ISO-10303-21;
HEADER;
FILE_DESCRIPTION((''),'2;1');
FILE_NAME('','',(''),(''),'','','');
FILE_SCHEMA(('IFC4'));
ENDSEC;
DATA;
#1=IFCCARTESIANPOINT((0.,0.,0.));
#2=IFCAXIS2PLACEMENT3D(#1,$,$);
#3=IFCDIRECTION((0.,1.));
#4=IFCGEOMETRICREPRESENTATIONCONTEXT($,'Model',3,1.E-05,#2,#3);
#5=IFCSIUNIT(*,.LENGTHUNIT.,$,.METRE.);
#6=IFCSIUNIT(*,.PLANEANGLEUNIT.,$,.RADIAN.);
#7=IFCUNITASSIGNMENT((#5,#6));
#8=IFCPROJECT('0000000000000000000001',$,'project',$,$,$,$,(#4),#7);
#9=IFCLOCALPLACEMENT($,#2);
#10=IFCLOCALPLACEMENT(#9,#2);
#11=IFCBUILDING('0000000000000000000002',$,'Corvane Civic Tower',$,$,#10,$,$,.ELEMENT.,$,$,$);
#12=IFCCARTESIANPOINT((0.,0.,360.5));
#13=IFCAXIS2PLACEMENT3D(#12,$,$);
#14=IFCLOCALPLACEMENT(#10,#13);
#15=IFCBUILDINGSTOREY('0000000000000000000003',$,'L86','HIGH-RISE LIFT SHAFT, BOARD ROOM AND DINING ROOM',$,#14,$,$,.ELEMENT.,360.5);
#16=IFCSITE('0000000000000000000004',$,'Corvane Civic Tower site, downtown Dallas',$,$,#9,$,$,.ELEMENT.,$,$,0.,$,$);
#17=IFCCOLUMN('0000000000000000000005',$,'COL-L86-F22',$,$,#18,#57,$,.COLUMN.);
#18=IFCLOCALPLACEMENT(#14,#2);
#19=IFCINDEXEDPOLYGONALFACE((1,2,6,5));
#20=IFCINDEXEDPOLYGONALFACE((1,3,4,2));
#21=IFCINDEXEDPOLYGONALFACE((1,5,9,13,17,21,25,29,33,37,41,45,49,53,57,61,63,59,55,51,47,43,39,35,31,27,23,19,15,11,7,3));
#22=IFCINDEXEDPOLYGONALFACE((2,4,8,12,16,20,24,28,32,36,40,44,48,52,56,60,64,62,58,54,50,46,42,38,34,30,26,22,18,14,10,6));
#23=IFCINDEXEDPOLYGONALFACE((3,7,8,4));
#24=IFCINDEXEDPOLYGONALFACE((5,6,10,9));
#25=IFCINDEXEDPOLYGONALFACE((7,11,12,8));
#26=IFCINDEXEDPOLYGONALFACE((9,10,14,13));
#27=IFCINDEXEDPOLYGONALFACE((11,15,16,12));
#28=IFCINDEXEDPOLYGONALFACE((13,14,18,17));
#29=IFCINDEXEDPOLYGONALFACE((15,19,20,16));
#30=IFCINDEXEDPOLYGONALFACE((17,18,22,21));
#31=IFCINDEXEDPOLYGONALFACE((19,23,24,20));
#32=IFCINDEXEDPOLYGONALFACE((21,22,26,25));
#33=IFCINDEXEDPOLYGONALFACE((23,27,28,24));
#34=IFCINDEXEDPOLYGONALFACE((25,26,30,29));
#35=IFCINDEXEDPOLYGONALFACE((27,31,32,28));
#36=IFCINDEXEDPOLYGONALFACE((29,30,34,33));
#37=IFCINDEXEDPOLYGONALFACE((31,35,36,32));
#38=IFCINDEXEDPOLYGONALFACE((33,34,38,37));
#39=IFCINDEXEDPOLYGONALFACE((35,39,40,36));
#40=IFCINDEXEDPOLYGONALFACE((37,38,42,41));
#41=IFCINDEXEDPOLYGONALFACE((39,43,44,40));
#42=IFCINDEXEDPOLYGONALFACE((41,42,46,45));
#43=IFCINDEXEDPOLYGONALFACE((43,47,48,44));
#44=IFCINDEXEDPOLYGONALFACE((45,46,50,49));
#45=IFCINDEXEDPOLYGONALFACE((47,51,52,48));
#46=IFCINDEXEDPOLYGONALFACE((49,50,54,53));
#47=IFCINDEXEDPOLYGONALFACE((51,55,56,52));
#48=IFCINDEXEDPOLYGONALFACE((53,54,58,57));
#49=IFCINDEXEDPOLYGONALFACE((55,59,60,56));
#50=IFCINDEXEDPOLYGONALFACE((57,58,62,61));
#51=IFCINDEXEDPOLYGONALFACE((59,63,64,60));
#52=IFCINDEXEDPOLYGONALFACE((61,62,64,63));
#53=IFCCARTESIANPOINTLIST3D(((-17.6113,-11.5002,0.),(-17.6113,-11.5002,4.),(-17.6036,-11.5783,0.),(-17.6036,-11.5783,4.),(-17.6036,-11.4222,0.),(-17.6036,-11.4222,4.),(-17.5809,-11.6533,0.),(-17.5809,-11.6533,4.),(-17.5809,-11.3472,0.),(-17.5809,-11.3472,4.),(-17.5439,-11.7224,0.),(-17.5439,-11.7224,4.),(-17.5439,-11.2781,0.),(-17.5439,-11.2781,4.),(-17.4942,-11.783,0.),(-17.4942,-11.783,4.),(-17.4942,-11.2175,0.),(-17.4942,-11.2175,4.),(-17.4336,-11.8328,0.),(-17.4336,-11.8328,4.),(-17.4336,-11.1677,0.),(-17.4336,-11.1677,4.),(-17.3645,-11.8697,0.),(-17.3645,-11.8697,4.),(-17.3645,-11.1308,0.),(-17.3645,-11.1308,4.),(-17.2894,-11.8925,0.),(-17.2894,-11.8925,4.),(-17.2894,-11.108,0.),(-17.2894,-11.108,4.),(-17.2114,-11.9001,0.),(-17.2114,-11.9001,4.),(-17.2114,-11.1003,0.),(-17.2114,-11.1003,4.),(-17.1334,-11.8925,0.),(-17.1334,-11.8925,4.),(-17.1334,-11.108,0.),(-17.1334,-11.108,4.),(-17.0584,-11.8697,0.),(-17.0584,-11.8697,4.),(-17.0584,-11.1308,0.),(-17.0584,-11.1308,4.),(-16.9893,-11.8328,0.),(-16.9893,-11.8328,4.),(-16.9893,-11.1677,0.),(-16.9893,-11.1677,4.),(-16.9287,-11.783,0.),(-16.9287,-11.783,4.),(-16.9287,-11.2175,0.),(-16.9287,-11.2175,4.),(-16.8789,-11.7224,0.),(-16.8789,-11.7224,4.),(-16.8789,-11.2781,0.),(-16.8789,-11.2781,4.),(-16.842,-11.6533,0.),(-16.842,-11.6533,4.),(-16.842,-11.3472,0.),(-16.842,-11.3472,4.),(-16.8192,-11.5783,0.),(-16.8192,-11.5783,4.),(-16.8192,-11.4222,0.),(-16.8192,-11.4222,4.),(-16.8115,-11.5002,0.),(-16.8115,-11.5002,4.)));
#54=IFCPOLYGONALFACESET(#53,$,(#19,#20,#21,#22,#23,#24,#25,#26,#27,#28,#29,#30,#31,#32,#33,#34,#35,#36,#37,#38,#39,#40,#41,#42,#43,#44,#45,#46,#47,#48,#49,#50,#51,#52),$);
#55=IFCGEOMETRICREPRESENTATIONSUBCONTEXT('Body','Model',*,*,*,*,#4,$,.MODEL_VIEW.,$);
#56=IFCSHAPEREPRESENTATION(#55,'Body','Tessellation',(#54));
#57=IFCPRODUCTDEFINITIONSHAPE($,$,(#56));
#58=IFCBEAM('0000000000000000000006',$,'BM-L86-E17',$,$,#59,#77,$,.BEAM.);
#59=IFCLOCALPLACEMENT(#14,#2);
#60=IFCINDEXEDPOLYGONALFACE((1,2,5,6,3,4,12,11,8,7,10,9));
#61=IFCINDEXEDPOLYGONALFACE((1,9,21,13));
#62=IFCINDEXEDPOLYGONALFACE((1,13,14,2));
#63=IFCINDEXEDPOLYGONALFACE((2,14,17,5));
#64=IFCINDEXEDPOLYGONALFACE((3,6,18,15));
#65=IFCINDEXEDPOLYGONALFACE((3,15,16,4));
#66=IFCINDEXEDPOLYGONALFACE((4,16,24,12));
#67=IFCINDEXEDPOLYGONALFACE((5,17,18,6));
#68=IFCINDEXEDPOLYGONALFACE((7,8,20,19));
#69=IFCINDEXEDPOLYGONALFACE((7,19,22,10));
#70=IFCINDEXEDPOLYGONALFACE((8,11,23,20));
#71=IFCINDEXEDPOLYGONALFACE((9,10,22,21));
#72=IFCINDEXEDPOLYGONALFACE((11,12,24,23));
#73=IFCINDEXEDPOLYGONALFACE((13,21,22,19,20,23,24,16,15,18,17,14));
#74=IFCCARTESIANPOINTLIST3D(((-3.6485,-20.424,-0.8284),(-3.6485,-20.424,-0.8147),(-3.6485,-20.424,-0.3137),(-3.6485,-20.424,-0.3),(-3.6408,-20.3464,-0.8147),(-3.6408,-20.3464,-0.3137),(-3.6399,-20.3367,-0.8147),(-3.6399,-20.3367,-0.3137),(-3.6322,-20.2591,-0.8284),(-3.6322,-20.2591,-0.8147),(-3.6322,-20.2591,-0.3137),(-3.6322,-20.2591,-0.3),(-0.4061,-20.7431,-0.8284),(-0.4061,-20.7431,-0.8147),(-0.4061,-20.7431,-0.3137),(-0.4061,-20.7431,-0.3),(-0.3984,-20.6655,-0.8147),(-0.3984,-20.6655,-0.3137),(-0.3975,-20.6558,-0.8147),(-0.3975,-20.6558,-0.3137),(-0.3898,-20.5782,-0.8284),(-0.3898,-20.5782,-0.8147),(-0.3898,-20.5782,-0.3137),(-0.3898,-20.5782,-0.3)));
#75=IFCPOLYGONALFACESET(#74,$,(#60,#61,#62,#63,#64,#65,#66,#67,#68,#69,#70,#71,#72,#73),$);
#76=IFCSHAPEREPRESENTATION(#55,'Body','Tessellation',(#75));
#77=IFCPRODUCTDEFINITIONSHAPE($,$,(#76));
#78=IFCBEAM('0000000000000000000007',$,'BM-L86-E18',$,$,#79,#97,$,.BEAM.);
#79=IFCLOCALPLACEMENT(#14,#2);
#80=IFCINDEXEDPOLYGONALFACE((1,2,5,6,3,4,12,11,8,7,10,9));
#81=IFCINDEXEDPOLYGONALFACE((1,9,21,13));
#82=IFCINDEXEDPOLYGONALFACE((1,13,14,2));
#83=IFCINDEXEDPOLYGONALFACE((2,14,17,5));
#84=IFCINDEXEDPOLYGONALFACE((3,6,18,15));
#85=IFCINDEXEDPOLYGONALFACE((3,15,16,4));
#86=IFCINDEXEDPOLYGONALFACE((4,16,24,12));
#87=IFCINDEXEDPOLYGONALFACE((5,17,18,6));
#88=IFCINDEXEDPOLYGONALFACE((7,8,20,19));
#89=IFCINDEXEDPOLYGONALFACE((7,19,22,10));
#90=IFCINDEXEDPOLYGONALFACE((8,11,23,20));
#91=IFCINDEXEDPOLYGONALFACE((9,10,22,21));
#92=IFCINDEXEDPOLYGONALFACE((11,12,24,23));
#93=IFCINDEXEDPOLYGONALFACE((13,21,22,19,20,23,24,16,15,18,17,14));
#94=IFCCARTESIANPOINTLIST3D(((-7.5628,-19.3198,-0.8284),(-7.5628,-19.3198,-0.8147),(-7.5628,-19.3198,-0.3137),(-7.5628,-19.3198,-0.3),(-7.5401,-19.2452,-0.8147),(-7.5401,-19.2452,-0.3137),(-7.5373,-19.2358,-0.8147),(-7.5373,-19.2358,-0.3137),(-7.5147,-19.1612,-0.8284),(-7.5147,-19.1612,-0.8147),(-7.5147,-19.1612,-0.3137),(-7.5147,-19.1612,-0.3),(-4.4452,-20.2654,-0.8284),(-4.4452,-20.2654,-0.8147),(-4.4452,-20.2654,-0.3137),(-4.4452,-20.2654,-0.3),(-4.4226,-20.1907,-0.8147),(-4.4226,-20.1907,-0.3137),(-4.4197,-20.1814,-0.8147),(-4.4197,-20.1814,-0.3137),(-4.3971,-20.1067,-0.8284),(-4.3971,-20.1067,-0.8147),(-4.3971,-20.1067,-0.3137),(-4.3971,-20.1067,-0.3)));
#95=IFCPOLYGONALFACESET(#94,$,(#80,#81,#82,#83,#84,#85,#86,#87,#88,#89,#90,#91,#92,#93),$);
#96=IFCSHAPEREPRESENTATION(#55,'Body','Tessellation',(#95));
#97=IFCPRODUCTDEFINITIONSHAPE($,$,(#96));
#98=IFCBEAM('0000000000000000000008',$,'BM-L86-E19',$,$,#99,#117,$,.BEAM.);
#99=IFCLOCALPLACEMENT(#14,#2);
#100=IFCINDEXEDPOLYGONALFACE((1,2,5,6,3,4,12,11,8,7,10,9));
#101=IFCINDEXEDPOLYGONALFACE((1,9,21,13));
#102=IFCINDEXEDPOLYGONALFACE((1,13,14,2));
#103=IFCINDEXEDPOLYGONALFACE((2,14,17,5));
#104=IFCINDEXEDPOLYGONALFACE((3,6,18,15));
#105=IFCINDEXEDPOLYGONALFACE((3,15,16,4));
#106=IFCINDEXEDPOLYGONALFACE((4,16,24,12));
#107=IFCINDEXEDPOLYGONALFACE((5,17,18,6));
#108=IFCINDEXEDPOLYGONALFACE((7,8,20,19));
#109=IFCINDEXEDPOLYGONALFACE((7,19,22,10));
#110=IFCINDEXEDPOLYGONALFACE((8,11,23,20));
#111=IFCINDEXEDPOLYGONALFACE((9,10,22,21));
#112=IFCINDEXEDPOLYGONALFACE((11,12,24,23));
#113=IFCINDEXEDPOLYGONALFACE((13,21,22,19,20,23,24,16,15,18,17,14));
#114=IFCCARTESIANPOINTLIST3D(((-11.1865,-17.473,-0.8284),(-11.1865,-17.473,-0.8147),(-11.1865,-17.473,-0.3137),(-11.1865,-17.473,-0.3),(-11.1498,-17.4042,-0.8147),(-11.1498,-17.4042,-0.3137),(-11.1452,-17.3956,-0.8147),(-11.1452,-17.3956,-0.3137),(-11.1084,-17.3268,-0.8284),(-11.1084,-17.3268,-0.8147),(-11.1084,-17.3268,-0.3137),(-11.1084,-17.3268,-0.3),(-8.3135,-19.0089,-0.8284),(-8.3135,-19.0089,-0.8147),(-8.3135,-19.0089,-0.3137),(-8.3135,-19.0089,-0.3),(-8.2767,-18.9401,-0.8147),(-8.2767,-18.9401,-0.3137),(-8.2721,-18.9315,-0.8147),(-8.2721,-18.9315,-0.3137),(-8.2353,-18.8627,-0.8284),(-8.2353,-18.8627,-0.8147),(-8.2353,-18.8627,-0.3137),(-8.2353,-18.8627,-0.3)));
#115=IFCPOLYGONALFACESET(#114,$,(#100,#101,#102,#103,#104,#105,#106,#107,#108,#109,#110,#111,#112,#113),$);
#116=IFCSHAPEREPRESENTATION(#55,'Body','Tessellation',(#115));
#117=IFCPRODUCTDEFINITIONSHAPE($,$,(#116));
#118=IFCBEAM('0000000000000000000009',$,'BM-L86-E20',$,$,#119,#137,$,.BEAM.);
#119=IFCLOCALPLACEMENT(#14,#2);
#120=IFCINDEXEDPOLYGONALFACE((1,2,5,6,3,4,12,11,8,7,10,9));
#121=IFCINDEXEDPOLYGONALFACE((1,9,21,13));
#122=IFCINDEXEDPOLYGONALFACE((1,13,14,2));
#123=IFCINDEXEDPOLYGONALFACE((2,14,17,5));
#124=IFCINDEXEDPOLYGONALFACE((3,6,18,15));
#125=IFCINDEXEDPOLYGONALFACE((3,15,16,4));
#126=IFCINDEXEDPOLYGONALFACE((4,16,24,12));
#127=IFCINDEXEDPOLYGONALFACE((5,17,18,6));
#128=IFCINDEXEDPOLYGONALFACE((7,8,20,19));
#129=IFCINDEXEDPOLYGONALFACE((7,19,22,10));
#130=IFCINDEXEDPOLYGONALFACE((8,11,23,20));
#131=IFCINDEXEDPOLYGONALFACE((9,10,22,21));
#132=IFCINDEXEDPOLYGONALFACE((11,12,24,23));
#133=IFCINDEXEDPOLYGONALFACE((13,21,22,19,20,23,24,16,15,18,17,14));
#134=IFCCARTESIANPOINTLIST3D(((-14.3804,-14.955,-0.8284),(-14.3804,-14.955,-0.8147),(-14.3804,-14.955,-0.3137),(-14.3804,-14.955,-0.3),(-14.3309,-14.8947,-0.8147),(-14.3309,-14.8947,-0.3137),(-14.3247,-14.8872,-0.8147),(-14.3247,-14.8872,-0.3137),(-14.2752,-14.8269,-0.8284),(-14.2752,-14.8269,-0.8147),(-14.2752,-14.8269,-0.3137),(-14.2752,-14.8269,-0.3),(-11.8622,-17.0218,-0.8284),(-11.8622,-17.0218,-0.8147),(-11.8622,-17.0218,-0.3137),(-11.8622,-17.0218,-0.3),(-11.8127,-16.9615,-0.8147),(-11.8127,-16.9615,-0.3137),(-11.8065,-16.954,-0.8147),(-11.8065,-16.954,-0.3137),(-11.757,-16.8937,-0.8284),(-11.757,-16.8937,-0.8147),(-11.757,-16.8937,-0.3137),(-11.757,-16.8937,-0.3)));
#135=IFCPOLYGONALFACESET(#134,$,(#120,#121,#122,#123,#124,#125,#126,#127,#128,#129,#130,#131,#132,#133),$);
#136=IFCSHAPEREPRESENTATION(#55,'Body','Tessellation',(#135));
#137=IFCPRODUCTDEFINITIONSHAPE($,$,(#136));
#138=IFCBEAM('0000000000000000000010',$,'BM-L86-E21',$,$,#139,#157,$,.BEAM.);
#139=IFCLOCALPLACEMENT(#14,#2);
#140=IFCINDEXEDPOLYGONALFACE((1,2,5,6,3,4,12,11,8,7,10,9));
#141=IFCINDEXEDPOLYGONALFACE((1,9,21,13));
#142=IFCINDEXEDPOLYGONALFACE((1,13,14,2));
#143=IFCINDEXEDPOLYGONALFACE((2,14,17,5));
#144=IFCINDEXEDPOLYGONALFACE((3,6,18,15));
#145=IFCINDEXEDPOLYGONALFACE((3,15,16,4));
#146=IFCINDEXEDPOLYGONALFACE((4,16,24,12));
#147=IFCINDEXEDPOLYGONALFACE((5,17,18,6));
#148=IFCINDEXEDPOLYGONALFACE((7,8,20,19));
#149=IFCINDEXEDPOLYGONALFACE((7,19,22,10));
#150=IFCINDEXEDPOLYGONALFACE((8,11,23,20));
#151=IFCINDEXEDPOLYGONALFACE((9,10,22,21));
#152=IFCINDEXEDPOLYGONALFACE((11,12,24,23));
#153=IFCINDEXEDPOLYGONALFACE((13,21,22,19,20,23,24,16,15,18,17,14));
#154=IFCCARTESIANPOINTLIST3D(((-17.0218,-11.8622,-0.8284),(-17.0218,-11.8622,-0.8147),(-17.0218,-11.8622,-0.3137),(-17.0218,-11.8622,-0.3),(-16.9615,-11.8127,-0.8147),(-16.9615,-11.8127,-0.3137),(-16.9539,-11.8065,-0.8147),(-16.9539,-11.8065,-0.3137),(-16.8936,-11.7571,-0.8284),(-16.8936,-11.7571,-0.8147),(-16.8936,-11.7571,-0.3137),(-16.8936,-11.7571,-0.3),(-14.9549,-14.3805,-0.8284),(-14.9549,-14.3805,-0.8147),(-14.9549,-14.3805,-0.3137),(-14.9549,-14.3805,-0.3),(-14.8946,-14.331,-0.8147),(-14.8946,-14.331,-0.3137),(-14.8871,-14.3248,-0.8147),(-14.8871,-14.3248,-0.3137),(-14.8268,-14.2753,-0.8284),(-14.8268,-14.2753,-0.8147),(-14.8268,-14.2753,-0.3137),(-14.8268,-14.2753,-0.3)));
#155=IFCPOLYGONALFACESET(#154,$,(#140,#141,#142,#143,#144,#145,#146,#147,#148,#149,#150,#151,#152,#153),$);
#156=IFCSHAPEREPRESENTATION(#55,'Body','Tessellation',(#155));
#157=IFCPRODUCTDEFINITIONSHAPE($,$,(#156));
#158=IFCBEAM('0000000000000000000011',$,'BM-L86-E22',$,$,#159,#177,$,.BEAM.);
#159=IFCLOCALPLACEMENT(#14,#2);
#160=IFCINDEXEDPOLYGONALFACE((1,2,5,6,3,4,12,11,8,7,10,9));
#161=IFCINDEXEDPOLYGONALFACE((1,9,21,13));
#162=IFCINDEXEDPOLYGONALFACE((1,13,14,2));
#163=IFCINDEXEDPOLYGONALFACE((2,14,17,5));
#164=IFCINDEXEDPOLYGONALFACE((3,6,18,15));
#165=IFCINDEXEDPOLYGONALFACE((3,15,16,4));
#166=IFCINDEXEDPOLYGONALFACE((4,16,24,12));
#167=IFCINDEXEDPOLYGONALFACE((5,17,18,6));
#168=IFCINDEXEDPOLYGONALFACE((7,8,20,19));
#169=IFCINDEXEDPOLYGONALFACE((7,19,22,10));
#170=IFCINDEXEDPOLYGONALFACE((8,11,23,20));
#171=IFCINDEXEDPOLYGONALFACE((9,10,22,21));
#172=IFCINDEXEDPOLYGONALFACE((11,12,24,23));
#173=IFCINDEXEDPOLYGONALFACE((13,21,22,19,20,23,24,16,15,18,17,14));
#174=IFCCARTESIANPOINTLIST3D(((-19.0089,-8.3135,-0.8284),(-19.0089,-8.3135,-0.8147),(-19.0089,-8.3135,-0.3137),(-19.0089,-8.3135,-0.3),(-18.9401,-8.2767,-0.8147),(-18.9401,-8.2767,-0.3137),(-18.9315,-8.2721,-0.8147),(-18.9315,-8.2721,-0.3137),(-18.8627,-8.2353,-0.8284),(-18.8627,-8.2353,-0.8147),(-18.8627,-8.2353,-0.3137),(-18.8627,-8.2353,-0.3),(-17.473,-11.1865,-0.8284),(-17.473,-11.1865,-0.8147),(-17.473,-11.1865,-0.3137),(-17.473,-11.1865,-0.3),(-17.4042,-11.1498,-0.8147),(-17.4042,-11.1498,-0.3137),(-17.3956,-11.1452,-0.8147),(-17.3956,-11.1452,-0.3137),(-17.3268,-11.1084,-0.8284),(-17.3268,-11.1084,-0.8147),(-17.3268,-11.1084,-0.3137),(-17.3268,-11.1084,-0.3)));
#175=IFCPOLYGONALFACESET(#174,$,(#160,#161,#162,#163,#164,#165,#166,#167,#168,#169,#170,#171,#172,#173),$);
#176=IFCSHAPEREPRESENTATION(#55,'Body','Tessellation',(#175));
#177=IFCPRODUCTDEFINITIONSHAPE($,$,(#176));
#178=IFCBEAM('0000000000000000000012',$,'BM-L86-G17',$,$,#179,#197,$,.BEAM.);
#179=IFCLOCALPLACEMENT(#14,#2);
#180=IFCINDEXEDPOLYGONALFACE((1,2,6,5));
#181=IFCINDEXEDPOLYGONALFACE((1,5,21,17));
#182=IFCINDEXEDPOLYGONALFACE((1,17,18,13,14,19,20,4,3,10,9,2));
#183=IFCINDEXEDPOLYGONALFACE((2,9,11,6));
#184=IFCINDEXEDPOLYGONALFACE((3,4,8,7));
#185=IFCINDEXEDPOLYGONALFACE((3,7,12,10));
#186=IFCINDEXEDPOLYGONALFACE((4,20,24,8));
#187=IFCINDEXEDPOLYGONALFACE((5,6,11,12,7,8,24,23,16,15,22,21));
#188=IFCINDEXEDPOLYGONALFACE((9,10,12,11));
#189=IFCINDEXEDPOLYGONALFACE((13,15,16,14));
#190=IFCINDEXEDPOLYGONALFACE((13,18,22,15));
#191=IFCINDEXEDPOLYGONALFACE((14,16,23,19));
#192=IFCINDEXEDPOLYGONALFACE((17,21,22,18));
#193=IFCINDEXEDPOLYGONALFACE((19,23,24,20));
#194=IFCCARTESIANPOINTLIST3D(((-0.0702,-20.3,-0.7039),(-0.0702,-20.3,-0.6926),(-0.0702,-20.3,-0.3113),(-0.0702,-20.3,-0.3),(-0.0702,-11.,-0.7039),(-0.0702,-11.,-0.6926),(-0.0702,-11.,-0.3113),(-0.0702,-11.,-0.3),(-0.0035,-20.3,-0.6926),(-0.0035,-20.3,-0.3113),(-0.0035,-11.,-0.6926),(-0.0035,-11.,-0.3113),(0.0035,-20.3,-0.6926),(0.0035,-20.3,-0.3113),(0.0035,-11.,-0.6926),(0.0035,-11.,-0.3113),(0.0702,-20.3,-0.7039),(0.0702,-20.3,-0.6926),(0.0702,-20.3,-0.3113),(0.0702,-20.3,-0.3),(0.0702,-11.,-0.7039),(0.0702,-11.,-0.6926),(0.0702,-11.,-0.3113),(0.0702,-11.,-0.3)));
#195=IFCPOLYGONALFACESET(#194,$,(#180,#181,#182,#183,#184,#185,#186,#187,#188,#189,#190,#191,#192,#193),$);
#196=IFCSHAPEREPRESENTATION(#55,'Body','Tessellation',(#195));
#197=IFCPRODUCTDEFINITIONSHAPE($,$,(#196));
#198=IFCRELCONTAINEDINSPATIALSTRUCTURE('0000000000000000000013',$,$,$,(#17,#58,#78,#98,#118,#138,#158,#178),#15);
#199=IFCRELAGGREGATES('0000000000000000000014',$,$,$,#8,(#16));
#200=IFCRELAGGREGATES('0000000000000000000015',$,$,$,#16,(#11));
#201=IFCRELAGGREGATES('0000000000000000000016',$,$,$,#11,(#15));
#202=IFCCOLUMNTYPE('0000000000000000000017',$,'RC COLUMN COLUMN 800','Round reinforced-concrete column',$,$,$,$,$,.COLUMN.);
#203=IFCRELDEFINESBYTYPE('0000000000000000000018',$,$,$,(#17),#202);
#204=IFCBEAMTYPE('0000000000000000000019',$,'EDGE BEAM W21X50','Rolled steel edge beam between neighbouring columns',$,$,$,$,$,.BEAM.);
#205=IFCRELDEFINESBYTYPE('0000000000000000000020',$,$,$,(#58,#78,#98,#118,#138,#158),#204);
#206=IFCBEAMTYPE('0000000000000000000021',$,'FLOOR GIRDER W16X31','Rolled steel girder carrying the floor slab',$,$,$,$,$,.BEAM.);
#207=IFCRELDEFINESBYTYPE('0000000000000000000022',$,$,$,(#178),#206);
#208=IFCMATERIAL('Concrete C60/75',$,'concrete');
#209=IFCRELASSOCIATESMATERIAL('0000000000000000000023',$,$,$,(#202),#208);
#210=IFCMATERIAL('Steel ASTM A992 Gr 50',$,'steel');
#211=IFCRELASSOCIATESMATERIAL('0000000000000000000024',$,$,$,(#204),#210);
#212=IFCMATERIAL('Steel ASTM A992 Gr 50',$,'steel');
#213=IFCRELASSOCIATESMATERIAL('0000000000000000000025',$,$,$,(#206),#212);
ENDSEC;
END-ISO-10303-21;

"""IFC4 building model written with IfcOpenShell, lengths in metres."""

from ifc_helpers import new_model, si_unit, direction, frame, origin, origin_2d, place, context, subcontext, project, spatial, circle, i_section, extrude, material, material_profile, profile_set, type_object, element, save


model = new_model("IFC4")

# Units and contexts
model_context = context("Model", 3, precision=1e-05, world=origin(), true_north=direction((0.0, 1.0)))
body_context = subcontext(model_context, "Body", "Model", "MODEL_VIEW")
ifc_project = project(units=[si_unit("LENGTHUNIT", "METRE"), si_unit("PLANEANGLEUNIT", "RADIAN")], contexts=[model_context])

# Site, building, storey
site_placement = place(None, origin())
site = spatial("IfcSite", under=ifc_project, at=site_placement, Name="Corvane Civic Tower site, downtown Dallas", CompositionType="ELEMENT", RefElevation=0.0)
building_placement = place(site_placement, origin())
building = spatial("IfcBuilding", under=site, at=building_placement, Name="Corvane Civic Tower", CompositionType="ELEMENT")
storey_placement = place(building_placement, frame((0.0, 0.0, 360.5)))
storey = spatial("IfcBuildingStorey", under=building, at=storey_placement, Name="L86", Description="HIGH-RISE LIFT SHAFT, BOARD ROOM AND DINING ROOM", CompositionType="ELEMENT", Elevation=360.5)

# Column
ifc_material_1 = material(Name="Concrete C60/75", Category="concrete")
ifc_material_profile_1 = material_profile(ifc_material_1, circle(Radius=0.3999, at=origin_2d()), Name="COLUMN 800")
ifc_profile_set_1 = profile_set([ifc_material_profile_1], Name="Concrete C60/75")
column_type = type_object("IfcColumnType", Name="RC COLUMN COLUMN 800", Description="Round reinforced-concrete column", PredefinedType="COLUMN", material=ifc_profile_set_1)
for number, where, z_axis, x_axis, name in (
    (1, (-17.2114, -11.5002, 0.0), (0.0, 0.0, 1.0), (1.0, 0.0, 0.0), "COL-L86-F22"),
):
    element("IfcColumn", number, at=place(storey_placement, frame(where, z_axis=z_axis, x_axis=x_axis)), inside=storey, type_object=column_type, Name=name, PredefinedType="COLUMN", context=body_context, shape_type="SweptSolid", body=[
        extrude(circle(Radius=0.3999, at=origin_2d()), origin(), (0.0, 0.0, 1.0), 4.0),
    ])

# Beams
ifc_material_2 = material(Name="Steel ASTM A992 Gr 50", Category="steel")
ifc_material_profile_2 = material_profile(ifc_material_2, i_section(OverallWidth=0.1658, OverallDepth=0.5283, WebThickness=0.0098, FlangeThickness=0.0137, at=origin_2d()), Name="W21X50")
ifc_profile_set_2 = profile_set([ifc_material_profile_2], Name="Steel ASTM A992 Gr 50")
beam_type_1 = type_object("IfcBeamType", Name="EDGE BEAM W21X50", Description="Rolled steel edge beam between neighbouring columns", PredefinedType="BEAM", material=ifc_profile_set_2)
beam_1_placement = place(storey_placement, frame((-0.3979, -20.6606, -0.5642), z_axis=(-0.995193, 0.097938, 0.0), x_axis=(-0.097938, -0.995193, 0.0)))
element("IfcBeam", 2, at=beam_1_placement, inside=storey, type_object=beam_type_1, Name="BM-L86-E17", PredefinedType="BEAM", context=body_context, shape_type="SweptSolid", body=[
    extrude(i_section(OverallWidth=0.1658, OverallDepth=0.5283, WebThickness=0.0098, FlangeThickness=0.0137, at=origin_2d()), origin(), (0.0, 0.0, 1.0), 3.2581),
])
for number, where, z_axis, x_axis, name in (
    (3, (-4.4211, -20.186, -0.5642), (-0.956956, 0.290234, 0.0), (-0.290234, -0.956956, 0.0), "BM-L86-E18"),
    (4, (-8.2744, -18.9358, -0.5642), (-0.881894, 0.471448, 0.0), (-0.471448, -0.881894, 0.0), "BM-L86-E19"),
    (5, (-11.8096, -16.9578, -0.5642), (-0.772985, 0.634425, 0.0), (-0.634425, -0.772985, 0.0), "BM-L86-E20"),
    (6, (-14.8909, -14.3279, -0.5642), (-0.634425, 0.772985, 0.0), (-0.772985, -0.634425, 0.0), "BM-L86-E21"),
    (7, (-17.3999, -11.1475, -0.5642), (-0.471448, 0.881894, 0.0), (-0.881894, -0.471448, 0.0), "BM-L86-E22"),
):
    element("IfcBeam", number, at=place(storey_placement, frame(where, z_axis=z_axis, x_axis=x_axis)), inside=storey, type_object=beam_type_1, Name=name, PredefinedType="BEAM", context=body_context, shape_type="SweptSolid", body=[
        extrude(i_section(OverallWidth=0.1658, OverallDepth=0.5283, WebThickness=0.0098, FlangeThickness=0.0137, at=origin_2d()), origin(), (0.0, 0.0, 1.0), 3.2578),
    ])
ifc_material_3 = material(Name="Steel ASTM A992 Gr 50", Category="steel")
ifc_material_profile_3 = material_profile(ifc_material_3, i_section(OverallWidth=0.1404, OverallDepth=0.4038, WebThickness=0.0071, FlangeThickness=0.0112, at=origin_2d()), Name="W16X31")
ifc_profile_set_3 = profile_set([ifc_material_profile_3], Name="Steel ASTM A992 Gr 50")
beam_type_2 = type_object("IfcBeamType", Name="FLOOR GIRDER W16X31", Description="Rolled steel girder carrying the floor slab", PredefinedType="BEAM", material=ifc_profile_set_3)
beam_2_placement = place(storey_placement, frame((0.0, -11.0, -0.502), z_axis=(0.0, -1.0, 0.0), x_axis=(1.0, 0.0, 0.0)))
element("IfcBeam", 8, at=beam_2_placement, inside=storey, type_object=beam_type_2, Name="BM-L86-G17", PredefinedType="BEAM", context=body_context, shape_type="SweptSolid", body=[
    extrude(i_section(OverallWidth=0.1404, OverallDepth=0.4038, WebThickness=0.0071, FlangeThickness=0.0112, at=origin_2d()), origin(), (0.0, 0.0, 1.0), 9.3),
])

save(model, "model.ifc")
